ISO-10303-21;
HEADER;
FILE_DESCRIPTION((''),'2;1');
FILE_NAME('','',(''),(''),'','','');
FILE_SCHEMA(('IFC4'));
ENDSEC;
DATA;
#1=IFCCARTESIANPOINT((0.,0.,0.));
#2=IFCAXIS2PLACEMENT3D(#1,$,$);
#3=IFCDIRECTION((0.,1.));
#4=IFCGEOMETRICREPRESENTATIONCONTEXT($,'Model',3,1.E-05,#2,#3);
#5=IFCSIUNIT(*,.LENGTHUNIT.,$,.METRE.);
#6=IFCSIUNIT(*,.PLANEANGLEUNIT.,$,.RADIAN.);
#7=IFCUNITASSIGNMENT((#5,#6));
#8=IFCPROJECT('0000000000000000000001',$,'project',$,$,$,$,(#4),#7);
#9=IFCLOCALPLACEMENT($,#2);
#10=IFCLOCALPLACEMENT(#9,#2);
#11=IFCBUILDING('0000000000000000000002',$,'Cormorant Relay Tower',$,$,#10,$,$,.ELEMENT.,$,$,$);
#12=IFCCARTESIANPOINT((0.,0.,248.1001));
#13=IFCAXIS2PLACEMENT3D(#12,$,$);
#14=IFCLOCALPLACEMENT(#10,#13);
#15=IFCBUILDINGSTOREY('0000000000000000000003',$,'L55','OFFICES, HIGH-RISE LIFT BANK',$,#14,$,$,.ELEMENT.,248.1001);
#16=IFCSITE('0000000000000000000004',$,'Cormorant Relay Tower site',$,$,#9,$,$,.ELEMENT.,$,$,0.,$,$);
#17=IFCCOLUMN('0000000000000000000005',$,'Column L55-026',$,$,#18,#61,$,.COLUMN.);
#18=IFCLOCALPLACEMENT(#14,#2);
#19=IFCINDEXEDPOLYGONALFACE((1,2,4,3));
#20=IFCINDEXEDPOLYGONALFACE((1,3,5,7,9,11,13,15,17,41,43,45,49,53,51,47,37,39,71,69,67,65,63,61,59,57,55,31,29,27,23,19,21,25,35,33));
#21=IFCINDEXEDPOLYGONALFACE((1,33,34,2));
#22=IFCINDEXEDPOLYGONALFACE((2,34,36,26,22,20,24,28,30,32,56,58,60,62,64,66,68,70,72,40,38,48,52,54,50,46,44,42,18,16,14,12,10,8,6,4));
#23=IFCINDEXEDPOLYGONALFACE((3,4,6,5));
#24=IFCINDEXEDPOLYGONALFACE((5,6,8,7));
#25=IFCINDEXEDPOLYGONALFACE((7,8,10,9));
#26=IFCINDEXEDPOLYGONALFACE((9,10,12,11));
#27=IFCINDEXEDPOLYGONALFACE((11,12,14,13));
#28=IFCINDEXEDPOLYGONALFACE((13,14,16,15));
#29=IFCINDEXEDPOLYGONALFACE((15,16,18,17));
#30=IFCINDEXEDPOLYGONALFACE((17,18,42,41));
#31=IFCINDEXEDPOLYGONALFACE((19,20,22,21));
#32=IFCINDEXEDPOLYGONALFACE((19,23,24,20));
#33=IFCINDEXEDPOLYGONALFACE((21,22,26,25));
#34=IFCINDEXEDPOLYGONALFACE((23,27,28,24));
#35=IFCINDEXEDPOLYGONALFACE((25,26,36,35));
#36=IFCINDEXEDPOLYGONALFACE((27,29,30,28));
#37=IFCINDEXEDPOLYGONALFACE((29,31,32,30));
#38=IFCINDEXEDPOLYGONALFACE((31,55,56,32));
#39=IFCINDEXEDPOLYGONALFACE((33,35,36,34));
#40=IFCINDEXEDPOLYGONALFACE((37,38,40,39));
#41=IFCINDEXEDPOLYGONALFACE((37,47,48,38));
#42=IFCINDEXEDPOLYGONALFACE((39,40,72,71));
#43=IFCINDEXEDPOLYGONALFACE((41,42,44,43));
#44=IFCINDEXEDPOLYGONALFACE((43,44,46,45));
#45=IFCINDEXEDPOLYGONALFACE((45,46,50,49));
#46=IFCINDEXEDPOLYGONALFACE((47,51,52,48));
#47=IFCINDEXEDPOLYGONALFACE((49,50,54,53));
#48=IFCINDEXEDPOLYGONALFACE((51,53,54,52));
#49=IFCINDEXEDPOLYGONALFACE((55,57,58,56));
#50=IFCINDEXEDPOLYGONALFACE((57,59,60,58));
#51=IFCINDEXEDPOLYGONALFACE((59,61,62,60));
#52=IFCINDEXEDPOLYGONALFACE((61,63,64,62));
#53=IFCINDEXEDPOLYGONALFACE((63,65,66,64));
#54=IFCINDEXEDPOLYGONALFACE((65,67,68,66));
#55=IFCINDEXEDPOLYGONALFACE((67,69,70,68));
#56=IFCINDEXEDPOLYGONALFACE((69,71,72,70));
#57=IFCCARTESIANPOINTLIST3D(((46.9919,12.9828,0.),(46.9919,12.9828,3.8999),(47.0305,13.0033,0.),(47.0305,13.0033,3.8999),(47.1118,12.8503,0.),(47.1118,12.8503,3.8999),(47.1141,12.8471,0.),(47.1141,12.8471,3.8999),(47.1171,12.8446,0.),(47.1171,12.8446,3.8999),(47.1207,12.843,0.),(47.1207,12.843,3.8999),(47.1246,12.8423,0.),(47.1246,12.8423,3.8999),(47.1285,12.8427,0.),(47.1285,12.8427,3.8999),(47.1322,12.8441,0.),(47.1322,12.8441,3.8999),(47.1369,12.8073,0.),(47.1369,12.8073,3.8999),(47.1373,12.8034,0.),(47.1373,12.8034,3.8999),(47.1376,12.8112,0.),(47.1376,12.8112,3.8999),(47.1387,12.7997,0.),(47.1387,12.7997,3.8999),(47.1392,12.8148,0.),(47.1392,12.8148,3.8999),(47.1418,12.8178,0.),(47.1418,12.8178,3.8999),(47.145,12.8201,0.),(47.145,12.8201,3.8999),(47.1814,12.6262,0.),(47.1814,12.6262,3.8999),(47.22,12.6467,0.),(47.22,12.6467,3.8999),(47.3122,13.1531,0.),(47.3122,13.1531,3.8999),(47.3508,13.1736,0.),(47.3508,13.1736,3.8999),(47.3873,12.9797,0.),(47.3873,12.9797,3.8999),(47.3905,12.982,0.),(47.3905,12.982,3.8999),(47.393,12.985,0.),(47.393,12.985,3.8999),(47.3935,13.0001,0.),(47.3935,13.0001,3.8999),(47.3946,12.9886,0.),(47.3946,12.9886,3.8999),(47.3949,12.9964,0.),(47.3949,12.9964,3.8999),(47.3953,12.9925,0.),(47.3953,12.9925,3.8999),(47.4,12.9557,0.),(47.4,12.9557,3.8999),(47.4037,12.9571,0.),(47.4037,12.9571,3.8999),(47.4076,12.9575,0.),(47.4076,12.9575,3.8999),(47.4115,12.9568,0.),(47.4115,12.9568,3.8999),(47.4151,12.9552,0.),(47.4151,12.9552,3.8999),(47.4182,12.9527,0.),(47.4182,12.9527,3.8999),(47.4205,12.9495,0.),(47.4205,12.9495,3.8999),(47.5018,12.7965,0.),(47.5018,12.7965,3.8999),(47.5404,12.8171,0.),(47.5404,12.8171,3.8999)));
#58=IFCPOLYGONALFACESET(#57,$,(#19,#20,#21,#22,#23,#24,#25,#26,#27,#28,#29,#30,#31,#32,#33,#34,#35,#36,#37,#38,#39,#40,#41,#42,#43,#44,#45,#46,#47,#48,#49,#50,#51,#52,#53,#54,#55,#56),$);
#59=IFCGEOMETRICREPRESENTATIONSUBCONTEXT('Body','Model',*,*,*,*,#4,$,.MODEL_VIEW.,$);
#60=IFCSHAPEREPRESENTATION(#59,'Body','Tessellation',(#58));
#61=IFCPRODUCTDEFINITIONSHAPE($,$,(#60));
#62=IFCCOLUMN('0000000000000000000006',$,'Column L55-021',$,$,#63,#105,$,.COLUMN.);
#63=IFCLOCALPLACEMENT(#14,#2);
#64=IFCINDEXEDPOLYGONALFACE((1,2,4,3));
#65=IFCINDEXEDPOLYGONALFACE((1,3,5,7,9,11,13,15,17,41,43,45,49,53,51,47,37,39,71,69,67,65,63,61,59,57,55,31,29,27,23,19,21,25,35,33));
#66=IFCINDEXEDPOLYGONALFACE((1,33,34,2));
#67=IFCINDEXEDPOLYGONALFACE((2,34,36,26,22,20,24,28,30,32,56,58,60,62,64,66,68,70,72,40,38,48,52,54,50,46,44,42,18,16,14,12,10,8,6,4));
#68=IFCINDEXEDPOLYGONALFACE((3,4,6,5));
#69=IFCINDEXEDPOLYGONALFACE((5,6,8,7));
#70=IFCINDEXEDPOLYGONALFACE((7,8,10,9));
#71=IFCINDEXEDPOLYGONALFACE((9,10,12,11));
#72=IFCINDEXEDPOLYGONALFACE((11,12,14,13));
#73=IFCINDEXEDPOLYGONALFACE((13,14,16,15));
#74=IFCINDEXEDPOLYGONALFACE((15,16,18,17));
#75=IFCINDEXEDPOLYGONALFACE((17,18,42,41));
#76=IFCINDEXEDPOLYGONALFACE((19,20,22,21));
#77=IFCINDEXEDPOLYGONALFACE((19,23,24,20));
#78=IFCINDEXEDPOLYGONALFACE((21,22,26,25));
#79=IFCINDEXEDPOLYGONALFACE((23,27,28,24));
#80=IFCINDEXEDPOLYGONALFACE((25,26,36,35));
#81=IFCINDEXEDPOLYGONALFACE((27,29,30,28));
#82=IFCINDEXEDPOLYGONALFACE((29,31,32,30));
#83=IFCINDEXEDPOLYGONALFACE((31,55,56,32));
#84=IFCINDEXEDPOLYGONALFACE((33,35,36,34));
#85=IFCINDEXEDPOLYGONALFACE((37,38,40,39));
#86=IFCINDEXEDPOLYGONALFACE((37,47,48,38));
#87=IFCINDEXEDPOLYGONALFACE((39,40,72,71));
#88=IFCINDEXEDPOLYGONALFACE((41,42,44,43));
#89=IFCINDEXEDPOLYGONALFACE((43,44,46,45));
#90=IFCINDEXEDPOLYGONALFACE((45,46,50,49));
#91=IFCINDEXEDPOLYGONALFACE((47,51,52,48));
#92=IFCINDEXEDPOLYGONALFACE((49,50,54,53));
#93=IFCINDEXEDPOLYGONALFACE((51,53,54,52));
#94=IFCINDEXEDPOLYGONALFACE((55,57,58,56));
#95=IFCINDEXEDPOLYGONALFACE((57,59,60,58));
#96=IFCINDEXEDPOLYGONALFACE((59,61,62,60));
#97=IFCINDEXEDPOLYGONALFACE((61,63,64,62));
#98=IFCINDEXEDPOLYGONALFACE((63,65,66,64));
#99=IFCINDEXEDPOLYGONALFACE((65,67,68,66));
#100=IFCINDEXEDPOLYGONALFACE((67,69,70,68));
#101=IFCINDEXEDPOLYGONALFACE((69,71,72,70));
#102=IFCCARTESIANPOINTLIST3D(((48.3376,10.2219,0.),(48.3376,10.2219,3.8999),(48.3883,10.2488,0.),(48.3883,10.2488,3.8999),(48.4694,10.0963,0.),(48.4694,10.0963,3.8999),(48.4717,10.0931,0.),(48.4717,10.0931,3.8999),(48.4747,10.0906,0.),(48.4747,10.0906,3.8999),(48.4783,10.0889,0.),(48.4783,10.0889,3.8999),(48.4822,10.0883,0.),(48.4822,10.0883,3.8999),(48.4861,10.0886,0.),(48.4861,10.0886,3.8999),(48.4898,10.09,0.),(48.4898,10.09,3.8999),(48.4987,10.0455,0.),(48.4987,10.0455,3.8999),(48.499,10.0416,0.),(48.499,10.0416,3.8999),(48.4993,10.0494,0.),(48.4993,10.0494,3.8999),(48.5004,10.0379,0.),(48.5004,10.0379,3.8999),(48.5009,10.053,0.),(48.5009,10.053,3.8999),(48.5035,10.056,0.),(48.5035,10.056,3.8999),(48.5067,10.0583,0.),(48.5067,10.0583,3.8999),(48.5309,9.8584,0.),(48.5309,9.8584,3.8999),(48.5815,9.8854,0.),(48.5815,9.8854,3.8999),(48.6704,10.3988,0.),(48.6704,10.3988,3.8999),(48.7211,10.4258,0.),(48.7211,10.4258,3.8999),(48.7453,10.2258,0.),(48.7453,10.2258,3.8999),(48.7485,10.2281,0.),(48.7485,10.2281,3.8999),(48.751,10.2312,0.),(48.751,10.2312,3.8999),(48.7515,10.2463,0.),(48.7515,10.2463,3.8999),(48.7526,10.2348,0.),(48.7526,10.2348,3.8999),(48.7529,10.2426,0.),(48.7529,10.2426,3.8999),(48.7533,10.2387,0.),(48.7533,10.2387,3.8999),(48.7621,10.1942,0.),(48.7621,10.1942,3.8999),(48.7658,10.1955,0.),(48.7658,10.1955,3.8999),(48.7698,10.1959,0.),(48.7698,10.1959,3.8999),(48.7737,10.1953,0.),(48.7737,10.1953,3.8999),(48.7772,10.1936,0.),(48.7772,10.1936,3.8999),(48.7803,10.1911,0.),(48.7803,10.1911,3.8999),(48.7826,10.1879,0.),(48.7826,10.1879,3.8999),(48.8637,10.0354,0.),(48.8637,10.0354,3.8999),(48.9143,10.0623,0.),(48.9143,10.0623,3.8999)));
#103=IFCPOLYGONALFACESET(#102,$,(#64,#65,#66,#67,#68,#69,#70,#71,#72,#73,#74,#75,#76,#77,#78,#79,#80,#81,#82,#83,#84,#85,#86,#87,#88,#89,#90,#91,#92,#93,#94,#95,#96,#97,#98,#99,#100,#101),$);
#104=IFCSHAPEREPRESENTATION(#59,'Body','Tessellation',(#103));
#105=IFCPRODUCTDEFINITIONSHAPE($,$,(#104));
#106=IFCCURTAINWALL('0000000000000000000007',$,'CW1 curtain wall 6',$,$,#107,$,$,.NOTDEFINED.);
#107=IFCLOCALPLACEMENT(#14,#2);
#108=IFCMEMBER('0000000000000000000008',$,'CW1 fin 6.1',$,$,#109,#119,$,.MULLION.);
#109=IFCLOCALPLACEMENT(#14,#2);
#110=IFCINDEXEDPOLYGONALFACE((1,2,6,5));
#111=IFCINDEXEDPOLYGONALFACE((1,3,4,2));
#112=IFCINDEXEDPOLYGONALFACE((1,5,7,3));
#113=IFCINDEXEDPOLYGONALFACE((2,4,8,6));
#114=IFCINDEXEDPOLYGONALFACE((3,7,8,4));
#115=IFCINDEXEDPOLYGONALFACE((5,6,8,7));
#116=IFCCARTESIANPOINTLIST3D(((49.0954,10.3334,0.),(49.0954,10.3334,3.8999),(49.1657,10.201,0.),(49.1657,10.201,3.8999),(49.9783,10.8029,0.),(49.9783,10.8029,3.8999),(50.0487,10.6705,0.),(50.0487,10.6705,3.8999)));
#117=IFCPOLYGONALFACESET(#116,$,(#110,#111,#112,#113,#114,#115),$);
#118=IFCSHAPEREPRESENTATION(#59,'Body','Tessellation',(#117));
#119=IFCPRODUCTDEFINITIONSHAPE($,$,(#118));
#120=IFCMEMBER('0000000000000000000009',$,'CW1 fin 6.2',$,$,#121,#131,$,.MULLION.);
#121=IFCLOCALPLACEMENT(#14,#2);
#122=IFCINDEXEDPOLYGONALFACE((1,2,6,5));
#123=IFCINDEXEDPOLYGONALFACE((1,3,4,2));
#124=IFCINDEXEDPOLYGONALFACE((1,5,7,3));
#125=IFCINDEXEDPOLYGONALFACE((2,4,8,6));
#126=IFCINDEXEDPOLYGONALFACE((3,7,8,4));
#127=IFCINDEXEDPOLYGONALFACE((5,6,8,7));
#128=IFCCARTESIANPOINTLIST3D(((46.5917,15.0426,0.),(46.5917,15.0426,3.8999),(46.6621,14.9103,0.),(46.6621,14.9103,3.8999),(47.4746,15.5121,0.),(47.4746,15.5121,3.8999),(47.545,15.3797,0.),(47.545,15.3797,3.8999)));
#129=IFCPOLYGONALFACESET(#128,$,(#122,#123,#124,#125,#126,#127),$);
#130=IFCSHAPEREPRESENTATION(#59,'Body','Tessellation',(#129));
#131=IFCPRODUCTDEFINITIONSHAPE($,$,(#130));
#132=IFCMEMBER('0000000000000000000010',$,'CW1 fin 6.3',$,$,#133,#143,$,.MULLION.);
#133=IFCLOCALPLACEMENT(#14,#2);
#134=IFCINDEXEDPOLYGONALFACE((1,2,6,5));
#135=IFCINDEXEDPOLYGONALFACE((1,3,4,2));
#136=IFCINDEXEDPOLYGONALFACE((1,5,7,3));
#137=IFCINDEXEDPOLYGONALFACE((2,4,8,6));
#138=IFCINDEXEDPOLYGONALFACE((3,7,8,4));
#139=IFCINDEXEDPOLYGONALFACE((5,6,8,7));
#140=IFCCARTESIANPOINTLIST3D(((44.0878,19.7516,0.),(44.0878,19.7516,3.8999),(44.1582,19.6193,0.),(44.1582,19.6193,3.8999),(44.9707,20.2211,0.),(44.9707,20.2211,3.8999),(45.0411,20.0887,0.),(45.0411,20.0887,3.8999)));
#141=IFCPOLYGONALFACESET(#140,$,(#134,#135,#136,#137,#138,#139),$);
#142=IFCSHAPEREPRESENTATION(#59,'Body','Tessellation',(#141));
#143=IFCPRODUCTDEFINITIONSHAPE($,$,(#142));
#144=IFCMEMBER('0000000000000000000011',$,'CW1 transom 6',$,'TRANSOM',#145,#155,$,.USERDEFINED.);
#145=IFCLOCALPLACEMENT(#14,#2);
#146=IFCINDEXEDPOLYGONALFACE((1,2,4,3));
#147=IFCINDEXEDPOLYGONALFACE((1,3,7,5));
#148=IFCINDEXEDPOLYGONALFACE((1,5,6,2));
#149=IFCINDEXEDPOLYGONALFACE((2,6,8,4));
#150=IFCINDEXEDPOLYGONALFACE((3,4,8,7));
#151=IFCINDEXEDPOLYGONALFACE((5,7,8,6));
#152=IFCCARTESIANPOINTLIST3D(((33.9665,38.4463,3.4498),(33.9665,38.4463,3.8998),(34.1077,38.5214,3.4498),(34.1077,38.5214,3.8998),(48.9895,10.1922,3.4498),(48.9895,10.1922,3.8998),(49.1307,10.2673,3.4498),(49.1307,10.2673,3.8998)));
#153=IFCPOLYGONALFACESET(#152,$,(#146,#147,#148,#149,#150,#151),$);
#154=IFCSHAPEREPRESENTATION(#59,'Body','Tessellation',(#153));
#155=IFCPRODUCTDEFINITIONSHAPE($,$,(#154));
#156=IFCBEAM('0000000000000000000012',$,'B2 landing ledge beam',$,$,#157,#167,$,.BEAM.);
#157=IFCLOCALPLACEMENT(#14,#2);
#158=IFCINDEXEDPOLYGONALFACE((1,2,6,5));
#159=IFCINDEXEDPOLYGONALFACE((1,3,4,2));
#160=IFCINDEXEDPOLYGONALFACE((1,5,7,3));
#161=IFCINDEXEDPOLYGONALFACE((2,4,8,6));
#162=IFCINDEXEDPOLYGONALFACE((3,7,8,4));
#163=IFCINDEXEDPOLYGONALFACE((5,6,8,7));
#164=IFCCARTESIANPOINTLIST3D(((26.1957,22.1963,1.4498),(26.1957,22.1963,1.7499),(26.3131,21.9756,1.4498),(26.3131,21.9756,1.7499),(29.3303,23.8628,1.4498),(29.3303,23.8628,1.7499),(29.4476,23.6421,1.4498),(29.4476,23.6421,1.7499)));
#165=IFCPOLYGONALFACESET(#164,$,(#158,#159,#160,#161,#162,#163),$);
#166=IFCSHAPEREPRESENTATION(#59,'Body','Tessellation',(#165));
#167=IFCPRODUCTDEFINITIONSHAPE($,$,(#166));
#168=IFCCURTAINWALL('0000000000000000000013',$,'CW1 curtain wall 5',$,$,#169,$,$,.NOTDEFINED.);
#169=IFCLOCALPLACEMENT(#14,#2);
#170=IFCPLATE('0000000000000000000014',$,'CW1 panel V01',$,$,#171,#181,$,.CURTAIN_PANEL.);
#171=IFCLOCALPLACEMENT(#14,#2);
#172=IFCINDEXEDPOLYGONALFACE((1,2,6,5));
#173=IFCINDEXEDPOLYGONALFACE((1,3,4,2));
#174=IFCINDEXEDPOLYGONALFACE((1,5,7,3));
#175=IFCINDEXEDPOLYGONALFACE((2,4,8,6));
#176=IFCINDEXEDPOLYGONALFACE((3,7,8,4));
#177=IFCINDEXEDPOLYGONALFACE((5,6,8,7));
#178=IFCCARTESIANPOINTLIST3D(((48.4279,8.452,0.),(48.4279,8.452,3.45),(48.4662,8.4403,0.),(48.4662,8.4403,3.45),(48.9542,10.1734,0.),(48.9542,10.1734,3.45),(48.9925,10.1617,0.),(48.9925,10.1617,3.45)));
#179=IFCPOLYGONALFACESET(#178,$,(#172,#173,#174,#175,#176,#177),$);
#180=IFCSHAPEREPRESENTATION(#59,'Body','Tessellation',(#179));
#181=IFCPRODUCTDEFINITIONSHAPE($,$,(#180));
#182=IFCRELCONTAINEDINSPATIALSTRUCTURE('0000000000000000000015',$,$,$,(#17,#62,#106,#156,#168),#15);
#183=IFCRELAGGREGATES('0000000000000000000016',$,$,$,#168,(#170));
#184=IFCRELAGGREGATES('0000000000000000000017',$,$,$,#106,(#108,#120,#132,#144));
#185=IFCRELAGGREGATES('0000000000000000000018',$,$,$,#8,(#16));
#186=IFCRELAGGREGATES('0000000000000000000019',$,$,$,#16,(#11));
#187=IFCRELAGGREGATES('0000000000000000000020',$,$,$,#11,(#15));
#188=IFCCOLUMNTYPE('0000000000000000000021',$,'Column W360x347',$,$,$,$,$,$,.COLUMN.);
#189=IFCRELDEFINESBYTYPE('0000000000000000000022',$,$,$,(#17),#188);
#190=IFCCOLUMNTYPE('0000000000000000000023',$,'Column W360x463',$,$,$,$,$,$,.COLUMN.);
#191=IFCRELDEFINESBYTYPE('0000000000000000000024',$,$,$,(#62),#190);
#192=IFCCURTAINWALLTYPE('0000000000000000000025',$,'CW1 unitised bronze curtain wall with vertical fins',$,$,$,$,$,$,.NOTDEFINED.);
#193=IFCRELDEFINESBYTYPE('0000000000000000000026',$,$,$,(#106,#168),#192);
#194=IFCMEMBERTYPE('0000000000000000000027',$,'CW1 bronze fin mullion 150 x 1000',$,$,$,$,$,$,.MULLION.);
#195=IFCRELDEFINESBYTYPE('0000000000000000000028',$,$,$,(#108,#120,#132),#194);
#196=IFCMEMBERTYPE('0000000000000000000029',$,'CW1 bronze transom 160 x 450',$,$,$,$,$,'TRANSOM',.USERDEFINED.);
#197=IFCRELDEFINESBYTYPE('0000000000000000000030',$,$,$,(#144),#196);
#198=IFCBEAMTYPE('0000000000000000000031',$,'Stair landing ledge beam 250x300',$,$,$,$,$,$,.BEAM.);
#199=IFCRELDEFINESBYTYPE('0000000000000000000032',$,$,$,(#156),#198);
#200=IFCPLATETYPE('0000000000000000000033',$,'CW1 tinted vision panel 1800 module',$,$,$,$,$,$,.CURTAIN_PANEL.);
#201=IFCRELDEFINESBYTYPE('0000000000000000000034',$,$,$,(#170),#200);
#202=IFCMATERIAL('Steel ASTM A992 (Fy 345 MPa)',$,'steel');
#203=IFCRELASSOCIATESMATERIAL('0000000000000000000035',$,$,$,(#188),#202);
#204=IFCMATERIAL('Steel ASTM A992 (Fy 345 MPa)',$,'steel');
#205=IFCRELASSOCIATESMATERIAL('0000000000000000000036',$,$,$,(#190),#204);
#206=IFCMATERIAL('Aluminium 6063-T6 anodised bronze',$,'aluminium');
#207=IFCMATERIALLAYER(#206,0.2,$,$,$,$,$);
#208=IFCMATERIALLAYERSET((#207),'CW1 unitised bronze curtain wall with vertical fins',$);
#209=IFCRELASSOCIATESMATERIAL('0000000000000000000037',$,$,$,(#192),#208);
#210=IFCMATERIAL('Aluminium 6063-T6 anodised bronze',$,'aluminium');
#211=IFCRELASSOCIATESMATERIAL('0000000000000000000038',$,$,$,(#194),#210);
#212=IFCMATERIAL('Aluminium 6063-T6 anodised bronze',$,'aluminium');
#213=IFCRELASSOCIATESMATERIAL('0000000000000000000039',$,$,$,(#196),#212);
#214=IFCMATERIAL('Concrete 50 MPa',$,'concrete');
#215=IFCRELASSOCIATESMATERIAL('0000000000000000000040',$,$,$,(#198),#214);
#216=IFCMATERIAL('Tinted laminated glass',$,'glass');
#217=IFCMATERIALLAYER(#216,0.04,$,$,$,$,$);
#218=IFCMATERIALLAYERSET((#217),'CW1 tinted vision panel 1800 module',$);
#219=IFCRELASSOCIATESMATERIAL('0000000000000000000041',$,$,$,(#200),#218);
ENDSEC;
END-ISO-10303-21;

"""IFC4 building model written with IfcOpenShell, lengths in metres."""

from ifc_helpers import new_model, si_unit, direction, frame, origin, origin_2d, place, context, subcontext, project, spatial, rectangle, i_section, extrude, material, layer, layer_set, material_profile, profile_set, type_object, element, aggregate, save


model = new_model("IFC4")

# Units and contexts
model_context = context("Model", 3, precision=1e-05, world=origin(), true_north=direction((0.0, 1.0)))
body_context = subcontext(model_context, "Body", "Model", "MODEL_VIEW")
ifc_project = project(units=[si_unit("LENGTHUNIT", "METRE"), si_unit("PLANEANGLEUNIT", "RADIAN")], contexts=[model_context])

# Site, building, storey
site_placement = place(None, origin())
site = spatial("IfcSite", under=ifc_project, at=site_placement, Name="Cormorant Relay Tower site", CompositionType="ELEMENT", RefElevation=0.0)
building_placement = place(site_placement, origin())
building = spatial("IfcBuilding", under=site, at=building_placement, Name="Cormorant Relay Tower", CompositionType="ELEMENT")
storey_placement = place(building_placement, frame((0.0, 0.0, 248.1001)))
storey = spatial("IfcBuildingStorey", under=building, at=storey_placement, Name="L55", Description="OFFICES, HIGH-RISE LIFT BANK", CompositionType="ELEMENT", Elevation=248.1001)

# Columns
ifc_material_1 = material(Name="Steel ASTM A992 (Fy 345 MPa)", Category="steel")
ifc_material_profile_1 = material_profile(ifc_material_1, i_section(OverallWidth=0.4038, OverallDepth=0.4065, WebThickness=0.0271, FlangeThickness=0.0437, FilletRadius=0.0151, at=origin_2d()), Name="W360x347")
ifc_profile_set_1 = profile_set([ifc_material_profile_1], Name="Steel ASTM A992 (Fy 345 MPa)")
column_type_1 = type_object("IfcColumnType", Name="Column W360x347", PredefinedType="COLUMN", material=ifc_profile_set_1)
column_1_placement = place(storey_placement, frame((47.2661, 12.8999, 0.0), z_axis=(0.0, 0.0, 1.0), x_axis=(-0.469472, 0.882948, 0.0)))
element("IfcColumn", 1, at=column_1_placement, inside=storey, type_object=column_type_1, Name="Column L55-026", PredefinedType="COLUMN", context=body_context, shape_type="SweptSolid", body=[
    extrude(i_section(OverallWidth=0.4038, OverallDepth=0.4065, WebThickness=0.0271, FlangeThickness=0.0437, FilletRadius=0.0151, at=origin_2d()), origin(), (0.0, 0.0, 1.0), 3.8999),
])
ifc_material_2 = material(Name="Steel ASTM A992 (Fy 345 MPa)", Category="steel")
ifc_material_profile_2 = material_profile(ifc_material_2, i_section(OverallWidth=0.4116, OverallDepth=0.4343, WebThickness=0.0359, FlangeThickness=0.0574, FilletRadius=0.0151, at=origin_2d()), Name="W360x463")
ifc_profile_set_2 = profile_set([ifc_material_profile_2], Name="Steel ASTM A992 (Fy 345 MPa)")
column_type_2 = type_object("IfcColumnType", Name="Column W360x463", PredefinedType="COLUMN", material=ifc_profile_set_2)
column_2_placement = place(storey_placement, frame((48.626, 10.1421, 0.0), z_axis=(0.0, 0.0, 1.0), x_axis=(-0.469472, 0.882948, 0.0)))
element("IfcColumn", 2, at=column_2_placement, inside=storey, type_object=column_type_2, Name="Column L55-021", PredefinedType="COLUMN", context=body_context, shape_type="SweptSolid", body=[
    extrude(i_section(OverallWidth=0.4116, OverallDepth=0.4343, WebThickness=0.0359, FlangeThickness=0.0574, FilletRadius=0.0151, at=origin_2d()), origin(), (0.0, 0.0, 1.0), 3.8999),
])

# Curtain wall, members
ifc_material_3 = material(Name="Aluminium 6063-T6 anodised bronze", Category="aluminium")
ifc_layer_1 = layer(ifc_material_3, 0.2)
ifc_layer_set_1 = layer_set([ifc_layer_1], Name="CW1 unitised bronze curtain wall with vertical fins")
curtain_wall_type = type_object("IfcCurtainWallType", Name="CW1 unitised bronze curtain wall with vertical fins", PredefinedType="NOTDEFINED", material=ifc_layer_set_1)
curtain_wall_1_placement = place(storey_placement, origin())
curtain_wall_1 = element("IfcCurtainWall", 3, at=curtain_wall_1_placement, inside=storey, type_object=curtain_wall_type, Name="CW1 curtain wall 6", PredefinedType="NOTDEFINED")
ifc_material_4 = material(Name="Aluminium 6063-T6 anodised bronze", Category="aluminium")
ifc_material_profile_3 = material_profile(ifc_material_4, rectangle(XDim=0.1499, YDim=1.0, at=origin_2d()), Name="AL 150x1000")
ifc_profile_set_3 = profile_set([ifc_material_profile_3], Name="Aluminium 6063-T6 anodised bronze")
member_type_1 = type_object("IfcMemberType", Name="CW1 bronze fin mullion 150 x 1000", PredefinedType="MULLION", material=ifc_profile_set_3)
member_1_placement = place(storey_placement, frame((49.572, 10.502, 0.0), z_axis=(0.0, 0.0, 1.0), x_axis=(-0.469472, 0.882948, 0.0)))
member_1 = element("IfcMember", 4, at=member_1_placement, type_object=member_type_1, Name="CW1 fin 6.1", PredefinedType="MULLION", context=body_context, shape_type="SweptSolid", body=[
    extrude(rectangle(XDim=0.1499, YDim=1.0, at=origin_2d()), origin(), (0.0, 0.0, 1.0), 3.8999),
])
member_2_placement = place(storey_placement, frame((47.0684, 15.2112, 0.0), z_axis=(0.0, 0.0, 1.0), x_axis=(-0.469472, 0.882948, 0.0)))
member_2 = element("IfcMember", 5, at=member_2_placement, type_object=member_type_1, Name="CW1 fin 6.2", PredefinedType="MULLION", context=body_context, shape_type="SweptSolid", body=[
    extrude(rectangle(XDim=0.1499, YDim=1.0, at=origin_2d()), origin(), (0.0, 0.0, 1.0), 3.8999),
])
member_3_placement = place(storey_placement, frame((44.5645, 19.9202, 0.0), z_axis=(0.0, 0.0, 1.0), x_axis=(-0.469472, 0.882948, 0.0)))
member_3 = element("IfcMember", 6, at=member_3_placement, type_object=member_type_1, Name="CW1 fin 6.3", PredefinedType="MULLION", context=body_context, shape_type="SweptSolid", body=[
    extrude(rectangle(XDim=0.1499, YDim=1.0, at=origin_2d()), origin(), (0.0, 0.0, 1.0), 3.8999),
])
ifc_material_5 = material(Name="Aluminium 6063-T6 anodised bronze", Category="aluminium")
ifc_material_profile_4 = material_profile(ifc_material_5, rectangle(XDim=0.1599, YDim=0.45, at=origin_2d()), Name="AL 160x450")
ifc_profile_set_4 = profile_set([ifc_material_profile_4], Name="Aluminium 6063-T6 anodised bronze")
member_type_2 = type_object("IfcMemberType", Name="CW1 bronze transom 160 x 450", ElementType="TRANSOM", PredefinedType="USERDEFINED", material=ifc_profile_set_4)
member_4_placement = place(storey_placement, frame((49.0601, 10.2297, 3.6748), z_axis=(-0.46947, 0.882948, 0.0), x_axis=(-0.882948, -0.46947, 0.0)))
member_4 = element("IfcMember", 7, at=member_4_placement, type_object=member_type_2, Name="CW1 transom 6", ObjectType="TRANSOM", PredefinedType="USERDEFINED", context=body_context, shape_type="SweptSolid", body=[
    extrude(rectangle(XDim=0.1599, YDim=0.45, at=origin_2d()), origin(), (0.0, 0.0, 1.0), 31.9998),
])

# Beam
ifc_material_6 = material(Name="Concrete 50 MPa", Category="concrete")
ifc_material_profile_5 = material_profile(ifc_material_6, rectangle(XDim=0.25, YDim=0.3, at=origin_2d()), Name="RC 250x300")
ifc_profile_set_5 = profile_set([ifc_material_profile_5], Name="Concrete 50 MPa")
beam_type = type_object("IfcBeamType", Name="Stair landing ledge beam 250x300", PredefinedType="BEAM", material=ifc_profile_set_5)
beam_placement = place(storey_placement, frame((26.2544, 22.0859, 1.5999), z_axis=(0.882965, 0.469438, 0.0), x_axis=(-0.469438, 0.882965, 0.0)))
element("IfcBeam", 8, at=beam_placement, inside=storey, type_object=beam_type, Name="B2 landing ledge beam", PredefinedType="BEAM", context=body_context, shape_type="SweptSolid", body=[
    extrude(rectangle(XDim=0.25, YDim=0.3, at=origin_2d()), origin(), (0.0, 0.0, 1.0), 3.55),
])

# Curtain wall, plate
curtain_wall_2_placement = place(storey_placement, origin())
curtain_wall_2 = element("IfcCurtainWall", 9, at=curtain_wall_2_placement, inside=storey, type_object=curtain_wall_type, Name="CW1 curtain wall 5", PredefinedType="NOTDEFINED")
ifc_material_7 = material(Name="Tinted laminated glass", Category="glass")
ifc_layer_2 = layer(ifc_material_7, 0.04)
ifc_layer_set_2 = layer_set([ifc_layer_2], Name="CW1 tinted vision panel 1800 module")
plate_type_1 = type_object("IfcPlateType", Name="CW1 tinted vision panel 1800 module", PredefinedType="CURTAIN_PANEL", material=ifc_layer_set_2)
plate_1_placement = place(storey_placement, frame((48.7102, 9.3069, 0.0), z_axis=(0.0, 0.0, 1.0), x_axis=(0.292372, 0.956305, 0.0)))
plate_1 = element("IfcPlate", 10, at=plate_1_placement, type_object=plate_type_1, Name="CW1 panel V01", PredefinedType="CURTAIN_PANEL", context=body_context, shape_type="SweptSolid", body=[
    extrude(rectangle(XDim=1.8, YDim=0.04, at=origin_2d()), origin(), (0.0, 0.0, 1.0), 3.45),
])

aggregate(curtain_wall_2, [plate_1])
aggregate(curtain_wall_1, [member_1, member_2, member_3, member_4])

save(model, "model.ifc")
